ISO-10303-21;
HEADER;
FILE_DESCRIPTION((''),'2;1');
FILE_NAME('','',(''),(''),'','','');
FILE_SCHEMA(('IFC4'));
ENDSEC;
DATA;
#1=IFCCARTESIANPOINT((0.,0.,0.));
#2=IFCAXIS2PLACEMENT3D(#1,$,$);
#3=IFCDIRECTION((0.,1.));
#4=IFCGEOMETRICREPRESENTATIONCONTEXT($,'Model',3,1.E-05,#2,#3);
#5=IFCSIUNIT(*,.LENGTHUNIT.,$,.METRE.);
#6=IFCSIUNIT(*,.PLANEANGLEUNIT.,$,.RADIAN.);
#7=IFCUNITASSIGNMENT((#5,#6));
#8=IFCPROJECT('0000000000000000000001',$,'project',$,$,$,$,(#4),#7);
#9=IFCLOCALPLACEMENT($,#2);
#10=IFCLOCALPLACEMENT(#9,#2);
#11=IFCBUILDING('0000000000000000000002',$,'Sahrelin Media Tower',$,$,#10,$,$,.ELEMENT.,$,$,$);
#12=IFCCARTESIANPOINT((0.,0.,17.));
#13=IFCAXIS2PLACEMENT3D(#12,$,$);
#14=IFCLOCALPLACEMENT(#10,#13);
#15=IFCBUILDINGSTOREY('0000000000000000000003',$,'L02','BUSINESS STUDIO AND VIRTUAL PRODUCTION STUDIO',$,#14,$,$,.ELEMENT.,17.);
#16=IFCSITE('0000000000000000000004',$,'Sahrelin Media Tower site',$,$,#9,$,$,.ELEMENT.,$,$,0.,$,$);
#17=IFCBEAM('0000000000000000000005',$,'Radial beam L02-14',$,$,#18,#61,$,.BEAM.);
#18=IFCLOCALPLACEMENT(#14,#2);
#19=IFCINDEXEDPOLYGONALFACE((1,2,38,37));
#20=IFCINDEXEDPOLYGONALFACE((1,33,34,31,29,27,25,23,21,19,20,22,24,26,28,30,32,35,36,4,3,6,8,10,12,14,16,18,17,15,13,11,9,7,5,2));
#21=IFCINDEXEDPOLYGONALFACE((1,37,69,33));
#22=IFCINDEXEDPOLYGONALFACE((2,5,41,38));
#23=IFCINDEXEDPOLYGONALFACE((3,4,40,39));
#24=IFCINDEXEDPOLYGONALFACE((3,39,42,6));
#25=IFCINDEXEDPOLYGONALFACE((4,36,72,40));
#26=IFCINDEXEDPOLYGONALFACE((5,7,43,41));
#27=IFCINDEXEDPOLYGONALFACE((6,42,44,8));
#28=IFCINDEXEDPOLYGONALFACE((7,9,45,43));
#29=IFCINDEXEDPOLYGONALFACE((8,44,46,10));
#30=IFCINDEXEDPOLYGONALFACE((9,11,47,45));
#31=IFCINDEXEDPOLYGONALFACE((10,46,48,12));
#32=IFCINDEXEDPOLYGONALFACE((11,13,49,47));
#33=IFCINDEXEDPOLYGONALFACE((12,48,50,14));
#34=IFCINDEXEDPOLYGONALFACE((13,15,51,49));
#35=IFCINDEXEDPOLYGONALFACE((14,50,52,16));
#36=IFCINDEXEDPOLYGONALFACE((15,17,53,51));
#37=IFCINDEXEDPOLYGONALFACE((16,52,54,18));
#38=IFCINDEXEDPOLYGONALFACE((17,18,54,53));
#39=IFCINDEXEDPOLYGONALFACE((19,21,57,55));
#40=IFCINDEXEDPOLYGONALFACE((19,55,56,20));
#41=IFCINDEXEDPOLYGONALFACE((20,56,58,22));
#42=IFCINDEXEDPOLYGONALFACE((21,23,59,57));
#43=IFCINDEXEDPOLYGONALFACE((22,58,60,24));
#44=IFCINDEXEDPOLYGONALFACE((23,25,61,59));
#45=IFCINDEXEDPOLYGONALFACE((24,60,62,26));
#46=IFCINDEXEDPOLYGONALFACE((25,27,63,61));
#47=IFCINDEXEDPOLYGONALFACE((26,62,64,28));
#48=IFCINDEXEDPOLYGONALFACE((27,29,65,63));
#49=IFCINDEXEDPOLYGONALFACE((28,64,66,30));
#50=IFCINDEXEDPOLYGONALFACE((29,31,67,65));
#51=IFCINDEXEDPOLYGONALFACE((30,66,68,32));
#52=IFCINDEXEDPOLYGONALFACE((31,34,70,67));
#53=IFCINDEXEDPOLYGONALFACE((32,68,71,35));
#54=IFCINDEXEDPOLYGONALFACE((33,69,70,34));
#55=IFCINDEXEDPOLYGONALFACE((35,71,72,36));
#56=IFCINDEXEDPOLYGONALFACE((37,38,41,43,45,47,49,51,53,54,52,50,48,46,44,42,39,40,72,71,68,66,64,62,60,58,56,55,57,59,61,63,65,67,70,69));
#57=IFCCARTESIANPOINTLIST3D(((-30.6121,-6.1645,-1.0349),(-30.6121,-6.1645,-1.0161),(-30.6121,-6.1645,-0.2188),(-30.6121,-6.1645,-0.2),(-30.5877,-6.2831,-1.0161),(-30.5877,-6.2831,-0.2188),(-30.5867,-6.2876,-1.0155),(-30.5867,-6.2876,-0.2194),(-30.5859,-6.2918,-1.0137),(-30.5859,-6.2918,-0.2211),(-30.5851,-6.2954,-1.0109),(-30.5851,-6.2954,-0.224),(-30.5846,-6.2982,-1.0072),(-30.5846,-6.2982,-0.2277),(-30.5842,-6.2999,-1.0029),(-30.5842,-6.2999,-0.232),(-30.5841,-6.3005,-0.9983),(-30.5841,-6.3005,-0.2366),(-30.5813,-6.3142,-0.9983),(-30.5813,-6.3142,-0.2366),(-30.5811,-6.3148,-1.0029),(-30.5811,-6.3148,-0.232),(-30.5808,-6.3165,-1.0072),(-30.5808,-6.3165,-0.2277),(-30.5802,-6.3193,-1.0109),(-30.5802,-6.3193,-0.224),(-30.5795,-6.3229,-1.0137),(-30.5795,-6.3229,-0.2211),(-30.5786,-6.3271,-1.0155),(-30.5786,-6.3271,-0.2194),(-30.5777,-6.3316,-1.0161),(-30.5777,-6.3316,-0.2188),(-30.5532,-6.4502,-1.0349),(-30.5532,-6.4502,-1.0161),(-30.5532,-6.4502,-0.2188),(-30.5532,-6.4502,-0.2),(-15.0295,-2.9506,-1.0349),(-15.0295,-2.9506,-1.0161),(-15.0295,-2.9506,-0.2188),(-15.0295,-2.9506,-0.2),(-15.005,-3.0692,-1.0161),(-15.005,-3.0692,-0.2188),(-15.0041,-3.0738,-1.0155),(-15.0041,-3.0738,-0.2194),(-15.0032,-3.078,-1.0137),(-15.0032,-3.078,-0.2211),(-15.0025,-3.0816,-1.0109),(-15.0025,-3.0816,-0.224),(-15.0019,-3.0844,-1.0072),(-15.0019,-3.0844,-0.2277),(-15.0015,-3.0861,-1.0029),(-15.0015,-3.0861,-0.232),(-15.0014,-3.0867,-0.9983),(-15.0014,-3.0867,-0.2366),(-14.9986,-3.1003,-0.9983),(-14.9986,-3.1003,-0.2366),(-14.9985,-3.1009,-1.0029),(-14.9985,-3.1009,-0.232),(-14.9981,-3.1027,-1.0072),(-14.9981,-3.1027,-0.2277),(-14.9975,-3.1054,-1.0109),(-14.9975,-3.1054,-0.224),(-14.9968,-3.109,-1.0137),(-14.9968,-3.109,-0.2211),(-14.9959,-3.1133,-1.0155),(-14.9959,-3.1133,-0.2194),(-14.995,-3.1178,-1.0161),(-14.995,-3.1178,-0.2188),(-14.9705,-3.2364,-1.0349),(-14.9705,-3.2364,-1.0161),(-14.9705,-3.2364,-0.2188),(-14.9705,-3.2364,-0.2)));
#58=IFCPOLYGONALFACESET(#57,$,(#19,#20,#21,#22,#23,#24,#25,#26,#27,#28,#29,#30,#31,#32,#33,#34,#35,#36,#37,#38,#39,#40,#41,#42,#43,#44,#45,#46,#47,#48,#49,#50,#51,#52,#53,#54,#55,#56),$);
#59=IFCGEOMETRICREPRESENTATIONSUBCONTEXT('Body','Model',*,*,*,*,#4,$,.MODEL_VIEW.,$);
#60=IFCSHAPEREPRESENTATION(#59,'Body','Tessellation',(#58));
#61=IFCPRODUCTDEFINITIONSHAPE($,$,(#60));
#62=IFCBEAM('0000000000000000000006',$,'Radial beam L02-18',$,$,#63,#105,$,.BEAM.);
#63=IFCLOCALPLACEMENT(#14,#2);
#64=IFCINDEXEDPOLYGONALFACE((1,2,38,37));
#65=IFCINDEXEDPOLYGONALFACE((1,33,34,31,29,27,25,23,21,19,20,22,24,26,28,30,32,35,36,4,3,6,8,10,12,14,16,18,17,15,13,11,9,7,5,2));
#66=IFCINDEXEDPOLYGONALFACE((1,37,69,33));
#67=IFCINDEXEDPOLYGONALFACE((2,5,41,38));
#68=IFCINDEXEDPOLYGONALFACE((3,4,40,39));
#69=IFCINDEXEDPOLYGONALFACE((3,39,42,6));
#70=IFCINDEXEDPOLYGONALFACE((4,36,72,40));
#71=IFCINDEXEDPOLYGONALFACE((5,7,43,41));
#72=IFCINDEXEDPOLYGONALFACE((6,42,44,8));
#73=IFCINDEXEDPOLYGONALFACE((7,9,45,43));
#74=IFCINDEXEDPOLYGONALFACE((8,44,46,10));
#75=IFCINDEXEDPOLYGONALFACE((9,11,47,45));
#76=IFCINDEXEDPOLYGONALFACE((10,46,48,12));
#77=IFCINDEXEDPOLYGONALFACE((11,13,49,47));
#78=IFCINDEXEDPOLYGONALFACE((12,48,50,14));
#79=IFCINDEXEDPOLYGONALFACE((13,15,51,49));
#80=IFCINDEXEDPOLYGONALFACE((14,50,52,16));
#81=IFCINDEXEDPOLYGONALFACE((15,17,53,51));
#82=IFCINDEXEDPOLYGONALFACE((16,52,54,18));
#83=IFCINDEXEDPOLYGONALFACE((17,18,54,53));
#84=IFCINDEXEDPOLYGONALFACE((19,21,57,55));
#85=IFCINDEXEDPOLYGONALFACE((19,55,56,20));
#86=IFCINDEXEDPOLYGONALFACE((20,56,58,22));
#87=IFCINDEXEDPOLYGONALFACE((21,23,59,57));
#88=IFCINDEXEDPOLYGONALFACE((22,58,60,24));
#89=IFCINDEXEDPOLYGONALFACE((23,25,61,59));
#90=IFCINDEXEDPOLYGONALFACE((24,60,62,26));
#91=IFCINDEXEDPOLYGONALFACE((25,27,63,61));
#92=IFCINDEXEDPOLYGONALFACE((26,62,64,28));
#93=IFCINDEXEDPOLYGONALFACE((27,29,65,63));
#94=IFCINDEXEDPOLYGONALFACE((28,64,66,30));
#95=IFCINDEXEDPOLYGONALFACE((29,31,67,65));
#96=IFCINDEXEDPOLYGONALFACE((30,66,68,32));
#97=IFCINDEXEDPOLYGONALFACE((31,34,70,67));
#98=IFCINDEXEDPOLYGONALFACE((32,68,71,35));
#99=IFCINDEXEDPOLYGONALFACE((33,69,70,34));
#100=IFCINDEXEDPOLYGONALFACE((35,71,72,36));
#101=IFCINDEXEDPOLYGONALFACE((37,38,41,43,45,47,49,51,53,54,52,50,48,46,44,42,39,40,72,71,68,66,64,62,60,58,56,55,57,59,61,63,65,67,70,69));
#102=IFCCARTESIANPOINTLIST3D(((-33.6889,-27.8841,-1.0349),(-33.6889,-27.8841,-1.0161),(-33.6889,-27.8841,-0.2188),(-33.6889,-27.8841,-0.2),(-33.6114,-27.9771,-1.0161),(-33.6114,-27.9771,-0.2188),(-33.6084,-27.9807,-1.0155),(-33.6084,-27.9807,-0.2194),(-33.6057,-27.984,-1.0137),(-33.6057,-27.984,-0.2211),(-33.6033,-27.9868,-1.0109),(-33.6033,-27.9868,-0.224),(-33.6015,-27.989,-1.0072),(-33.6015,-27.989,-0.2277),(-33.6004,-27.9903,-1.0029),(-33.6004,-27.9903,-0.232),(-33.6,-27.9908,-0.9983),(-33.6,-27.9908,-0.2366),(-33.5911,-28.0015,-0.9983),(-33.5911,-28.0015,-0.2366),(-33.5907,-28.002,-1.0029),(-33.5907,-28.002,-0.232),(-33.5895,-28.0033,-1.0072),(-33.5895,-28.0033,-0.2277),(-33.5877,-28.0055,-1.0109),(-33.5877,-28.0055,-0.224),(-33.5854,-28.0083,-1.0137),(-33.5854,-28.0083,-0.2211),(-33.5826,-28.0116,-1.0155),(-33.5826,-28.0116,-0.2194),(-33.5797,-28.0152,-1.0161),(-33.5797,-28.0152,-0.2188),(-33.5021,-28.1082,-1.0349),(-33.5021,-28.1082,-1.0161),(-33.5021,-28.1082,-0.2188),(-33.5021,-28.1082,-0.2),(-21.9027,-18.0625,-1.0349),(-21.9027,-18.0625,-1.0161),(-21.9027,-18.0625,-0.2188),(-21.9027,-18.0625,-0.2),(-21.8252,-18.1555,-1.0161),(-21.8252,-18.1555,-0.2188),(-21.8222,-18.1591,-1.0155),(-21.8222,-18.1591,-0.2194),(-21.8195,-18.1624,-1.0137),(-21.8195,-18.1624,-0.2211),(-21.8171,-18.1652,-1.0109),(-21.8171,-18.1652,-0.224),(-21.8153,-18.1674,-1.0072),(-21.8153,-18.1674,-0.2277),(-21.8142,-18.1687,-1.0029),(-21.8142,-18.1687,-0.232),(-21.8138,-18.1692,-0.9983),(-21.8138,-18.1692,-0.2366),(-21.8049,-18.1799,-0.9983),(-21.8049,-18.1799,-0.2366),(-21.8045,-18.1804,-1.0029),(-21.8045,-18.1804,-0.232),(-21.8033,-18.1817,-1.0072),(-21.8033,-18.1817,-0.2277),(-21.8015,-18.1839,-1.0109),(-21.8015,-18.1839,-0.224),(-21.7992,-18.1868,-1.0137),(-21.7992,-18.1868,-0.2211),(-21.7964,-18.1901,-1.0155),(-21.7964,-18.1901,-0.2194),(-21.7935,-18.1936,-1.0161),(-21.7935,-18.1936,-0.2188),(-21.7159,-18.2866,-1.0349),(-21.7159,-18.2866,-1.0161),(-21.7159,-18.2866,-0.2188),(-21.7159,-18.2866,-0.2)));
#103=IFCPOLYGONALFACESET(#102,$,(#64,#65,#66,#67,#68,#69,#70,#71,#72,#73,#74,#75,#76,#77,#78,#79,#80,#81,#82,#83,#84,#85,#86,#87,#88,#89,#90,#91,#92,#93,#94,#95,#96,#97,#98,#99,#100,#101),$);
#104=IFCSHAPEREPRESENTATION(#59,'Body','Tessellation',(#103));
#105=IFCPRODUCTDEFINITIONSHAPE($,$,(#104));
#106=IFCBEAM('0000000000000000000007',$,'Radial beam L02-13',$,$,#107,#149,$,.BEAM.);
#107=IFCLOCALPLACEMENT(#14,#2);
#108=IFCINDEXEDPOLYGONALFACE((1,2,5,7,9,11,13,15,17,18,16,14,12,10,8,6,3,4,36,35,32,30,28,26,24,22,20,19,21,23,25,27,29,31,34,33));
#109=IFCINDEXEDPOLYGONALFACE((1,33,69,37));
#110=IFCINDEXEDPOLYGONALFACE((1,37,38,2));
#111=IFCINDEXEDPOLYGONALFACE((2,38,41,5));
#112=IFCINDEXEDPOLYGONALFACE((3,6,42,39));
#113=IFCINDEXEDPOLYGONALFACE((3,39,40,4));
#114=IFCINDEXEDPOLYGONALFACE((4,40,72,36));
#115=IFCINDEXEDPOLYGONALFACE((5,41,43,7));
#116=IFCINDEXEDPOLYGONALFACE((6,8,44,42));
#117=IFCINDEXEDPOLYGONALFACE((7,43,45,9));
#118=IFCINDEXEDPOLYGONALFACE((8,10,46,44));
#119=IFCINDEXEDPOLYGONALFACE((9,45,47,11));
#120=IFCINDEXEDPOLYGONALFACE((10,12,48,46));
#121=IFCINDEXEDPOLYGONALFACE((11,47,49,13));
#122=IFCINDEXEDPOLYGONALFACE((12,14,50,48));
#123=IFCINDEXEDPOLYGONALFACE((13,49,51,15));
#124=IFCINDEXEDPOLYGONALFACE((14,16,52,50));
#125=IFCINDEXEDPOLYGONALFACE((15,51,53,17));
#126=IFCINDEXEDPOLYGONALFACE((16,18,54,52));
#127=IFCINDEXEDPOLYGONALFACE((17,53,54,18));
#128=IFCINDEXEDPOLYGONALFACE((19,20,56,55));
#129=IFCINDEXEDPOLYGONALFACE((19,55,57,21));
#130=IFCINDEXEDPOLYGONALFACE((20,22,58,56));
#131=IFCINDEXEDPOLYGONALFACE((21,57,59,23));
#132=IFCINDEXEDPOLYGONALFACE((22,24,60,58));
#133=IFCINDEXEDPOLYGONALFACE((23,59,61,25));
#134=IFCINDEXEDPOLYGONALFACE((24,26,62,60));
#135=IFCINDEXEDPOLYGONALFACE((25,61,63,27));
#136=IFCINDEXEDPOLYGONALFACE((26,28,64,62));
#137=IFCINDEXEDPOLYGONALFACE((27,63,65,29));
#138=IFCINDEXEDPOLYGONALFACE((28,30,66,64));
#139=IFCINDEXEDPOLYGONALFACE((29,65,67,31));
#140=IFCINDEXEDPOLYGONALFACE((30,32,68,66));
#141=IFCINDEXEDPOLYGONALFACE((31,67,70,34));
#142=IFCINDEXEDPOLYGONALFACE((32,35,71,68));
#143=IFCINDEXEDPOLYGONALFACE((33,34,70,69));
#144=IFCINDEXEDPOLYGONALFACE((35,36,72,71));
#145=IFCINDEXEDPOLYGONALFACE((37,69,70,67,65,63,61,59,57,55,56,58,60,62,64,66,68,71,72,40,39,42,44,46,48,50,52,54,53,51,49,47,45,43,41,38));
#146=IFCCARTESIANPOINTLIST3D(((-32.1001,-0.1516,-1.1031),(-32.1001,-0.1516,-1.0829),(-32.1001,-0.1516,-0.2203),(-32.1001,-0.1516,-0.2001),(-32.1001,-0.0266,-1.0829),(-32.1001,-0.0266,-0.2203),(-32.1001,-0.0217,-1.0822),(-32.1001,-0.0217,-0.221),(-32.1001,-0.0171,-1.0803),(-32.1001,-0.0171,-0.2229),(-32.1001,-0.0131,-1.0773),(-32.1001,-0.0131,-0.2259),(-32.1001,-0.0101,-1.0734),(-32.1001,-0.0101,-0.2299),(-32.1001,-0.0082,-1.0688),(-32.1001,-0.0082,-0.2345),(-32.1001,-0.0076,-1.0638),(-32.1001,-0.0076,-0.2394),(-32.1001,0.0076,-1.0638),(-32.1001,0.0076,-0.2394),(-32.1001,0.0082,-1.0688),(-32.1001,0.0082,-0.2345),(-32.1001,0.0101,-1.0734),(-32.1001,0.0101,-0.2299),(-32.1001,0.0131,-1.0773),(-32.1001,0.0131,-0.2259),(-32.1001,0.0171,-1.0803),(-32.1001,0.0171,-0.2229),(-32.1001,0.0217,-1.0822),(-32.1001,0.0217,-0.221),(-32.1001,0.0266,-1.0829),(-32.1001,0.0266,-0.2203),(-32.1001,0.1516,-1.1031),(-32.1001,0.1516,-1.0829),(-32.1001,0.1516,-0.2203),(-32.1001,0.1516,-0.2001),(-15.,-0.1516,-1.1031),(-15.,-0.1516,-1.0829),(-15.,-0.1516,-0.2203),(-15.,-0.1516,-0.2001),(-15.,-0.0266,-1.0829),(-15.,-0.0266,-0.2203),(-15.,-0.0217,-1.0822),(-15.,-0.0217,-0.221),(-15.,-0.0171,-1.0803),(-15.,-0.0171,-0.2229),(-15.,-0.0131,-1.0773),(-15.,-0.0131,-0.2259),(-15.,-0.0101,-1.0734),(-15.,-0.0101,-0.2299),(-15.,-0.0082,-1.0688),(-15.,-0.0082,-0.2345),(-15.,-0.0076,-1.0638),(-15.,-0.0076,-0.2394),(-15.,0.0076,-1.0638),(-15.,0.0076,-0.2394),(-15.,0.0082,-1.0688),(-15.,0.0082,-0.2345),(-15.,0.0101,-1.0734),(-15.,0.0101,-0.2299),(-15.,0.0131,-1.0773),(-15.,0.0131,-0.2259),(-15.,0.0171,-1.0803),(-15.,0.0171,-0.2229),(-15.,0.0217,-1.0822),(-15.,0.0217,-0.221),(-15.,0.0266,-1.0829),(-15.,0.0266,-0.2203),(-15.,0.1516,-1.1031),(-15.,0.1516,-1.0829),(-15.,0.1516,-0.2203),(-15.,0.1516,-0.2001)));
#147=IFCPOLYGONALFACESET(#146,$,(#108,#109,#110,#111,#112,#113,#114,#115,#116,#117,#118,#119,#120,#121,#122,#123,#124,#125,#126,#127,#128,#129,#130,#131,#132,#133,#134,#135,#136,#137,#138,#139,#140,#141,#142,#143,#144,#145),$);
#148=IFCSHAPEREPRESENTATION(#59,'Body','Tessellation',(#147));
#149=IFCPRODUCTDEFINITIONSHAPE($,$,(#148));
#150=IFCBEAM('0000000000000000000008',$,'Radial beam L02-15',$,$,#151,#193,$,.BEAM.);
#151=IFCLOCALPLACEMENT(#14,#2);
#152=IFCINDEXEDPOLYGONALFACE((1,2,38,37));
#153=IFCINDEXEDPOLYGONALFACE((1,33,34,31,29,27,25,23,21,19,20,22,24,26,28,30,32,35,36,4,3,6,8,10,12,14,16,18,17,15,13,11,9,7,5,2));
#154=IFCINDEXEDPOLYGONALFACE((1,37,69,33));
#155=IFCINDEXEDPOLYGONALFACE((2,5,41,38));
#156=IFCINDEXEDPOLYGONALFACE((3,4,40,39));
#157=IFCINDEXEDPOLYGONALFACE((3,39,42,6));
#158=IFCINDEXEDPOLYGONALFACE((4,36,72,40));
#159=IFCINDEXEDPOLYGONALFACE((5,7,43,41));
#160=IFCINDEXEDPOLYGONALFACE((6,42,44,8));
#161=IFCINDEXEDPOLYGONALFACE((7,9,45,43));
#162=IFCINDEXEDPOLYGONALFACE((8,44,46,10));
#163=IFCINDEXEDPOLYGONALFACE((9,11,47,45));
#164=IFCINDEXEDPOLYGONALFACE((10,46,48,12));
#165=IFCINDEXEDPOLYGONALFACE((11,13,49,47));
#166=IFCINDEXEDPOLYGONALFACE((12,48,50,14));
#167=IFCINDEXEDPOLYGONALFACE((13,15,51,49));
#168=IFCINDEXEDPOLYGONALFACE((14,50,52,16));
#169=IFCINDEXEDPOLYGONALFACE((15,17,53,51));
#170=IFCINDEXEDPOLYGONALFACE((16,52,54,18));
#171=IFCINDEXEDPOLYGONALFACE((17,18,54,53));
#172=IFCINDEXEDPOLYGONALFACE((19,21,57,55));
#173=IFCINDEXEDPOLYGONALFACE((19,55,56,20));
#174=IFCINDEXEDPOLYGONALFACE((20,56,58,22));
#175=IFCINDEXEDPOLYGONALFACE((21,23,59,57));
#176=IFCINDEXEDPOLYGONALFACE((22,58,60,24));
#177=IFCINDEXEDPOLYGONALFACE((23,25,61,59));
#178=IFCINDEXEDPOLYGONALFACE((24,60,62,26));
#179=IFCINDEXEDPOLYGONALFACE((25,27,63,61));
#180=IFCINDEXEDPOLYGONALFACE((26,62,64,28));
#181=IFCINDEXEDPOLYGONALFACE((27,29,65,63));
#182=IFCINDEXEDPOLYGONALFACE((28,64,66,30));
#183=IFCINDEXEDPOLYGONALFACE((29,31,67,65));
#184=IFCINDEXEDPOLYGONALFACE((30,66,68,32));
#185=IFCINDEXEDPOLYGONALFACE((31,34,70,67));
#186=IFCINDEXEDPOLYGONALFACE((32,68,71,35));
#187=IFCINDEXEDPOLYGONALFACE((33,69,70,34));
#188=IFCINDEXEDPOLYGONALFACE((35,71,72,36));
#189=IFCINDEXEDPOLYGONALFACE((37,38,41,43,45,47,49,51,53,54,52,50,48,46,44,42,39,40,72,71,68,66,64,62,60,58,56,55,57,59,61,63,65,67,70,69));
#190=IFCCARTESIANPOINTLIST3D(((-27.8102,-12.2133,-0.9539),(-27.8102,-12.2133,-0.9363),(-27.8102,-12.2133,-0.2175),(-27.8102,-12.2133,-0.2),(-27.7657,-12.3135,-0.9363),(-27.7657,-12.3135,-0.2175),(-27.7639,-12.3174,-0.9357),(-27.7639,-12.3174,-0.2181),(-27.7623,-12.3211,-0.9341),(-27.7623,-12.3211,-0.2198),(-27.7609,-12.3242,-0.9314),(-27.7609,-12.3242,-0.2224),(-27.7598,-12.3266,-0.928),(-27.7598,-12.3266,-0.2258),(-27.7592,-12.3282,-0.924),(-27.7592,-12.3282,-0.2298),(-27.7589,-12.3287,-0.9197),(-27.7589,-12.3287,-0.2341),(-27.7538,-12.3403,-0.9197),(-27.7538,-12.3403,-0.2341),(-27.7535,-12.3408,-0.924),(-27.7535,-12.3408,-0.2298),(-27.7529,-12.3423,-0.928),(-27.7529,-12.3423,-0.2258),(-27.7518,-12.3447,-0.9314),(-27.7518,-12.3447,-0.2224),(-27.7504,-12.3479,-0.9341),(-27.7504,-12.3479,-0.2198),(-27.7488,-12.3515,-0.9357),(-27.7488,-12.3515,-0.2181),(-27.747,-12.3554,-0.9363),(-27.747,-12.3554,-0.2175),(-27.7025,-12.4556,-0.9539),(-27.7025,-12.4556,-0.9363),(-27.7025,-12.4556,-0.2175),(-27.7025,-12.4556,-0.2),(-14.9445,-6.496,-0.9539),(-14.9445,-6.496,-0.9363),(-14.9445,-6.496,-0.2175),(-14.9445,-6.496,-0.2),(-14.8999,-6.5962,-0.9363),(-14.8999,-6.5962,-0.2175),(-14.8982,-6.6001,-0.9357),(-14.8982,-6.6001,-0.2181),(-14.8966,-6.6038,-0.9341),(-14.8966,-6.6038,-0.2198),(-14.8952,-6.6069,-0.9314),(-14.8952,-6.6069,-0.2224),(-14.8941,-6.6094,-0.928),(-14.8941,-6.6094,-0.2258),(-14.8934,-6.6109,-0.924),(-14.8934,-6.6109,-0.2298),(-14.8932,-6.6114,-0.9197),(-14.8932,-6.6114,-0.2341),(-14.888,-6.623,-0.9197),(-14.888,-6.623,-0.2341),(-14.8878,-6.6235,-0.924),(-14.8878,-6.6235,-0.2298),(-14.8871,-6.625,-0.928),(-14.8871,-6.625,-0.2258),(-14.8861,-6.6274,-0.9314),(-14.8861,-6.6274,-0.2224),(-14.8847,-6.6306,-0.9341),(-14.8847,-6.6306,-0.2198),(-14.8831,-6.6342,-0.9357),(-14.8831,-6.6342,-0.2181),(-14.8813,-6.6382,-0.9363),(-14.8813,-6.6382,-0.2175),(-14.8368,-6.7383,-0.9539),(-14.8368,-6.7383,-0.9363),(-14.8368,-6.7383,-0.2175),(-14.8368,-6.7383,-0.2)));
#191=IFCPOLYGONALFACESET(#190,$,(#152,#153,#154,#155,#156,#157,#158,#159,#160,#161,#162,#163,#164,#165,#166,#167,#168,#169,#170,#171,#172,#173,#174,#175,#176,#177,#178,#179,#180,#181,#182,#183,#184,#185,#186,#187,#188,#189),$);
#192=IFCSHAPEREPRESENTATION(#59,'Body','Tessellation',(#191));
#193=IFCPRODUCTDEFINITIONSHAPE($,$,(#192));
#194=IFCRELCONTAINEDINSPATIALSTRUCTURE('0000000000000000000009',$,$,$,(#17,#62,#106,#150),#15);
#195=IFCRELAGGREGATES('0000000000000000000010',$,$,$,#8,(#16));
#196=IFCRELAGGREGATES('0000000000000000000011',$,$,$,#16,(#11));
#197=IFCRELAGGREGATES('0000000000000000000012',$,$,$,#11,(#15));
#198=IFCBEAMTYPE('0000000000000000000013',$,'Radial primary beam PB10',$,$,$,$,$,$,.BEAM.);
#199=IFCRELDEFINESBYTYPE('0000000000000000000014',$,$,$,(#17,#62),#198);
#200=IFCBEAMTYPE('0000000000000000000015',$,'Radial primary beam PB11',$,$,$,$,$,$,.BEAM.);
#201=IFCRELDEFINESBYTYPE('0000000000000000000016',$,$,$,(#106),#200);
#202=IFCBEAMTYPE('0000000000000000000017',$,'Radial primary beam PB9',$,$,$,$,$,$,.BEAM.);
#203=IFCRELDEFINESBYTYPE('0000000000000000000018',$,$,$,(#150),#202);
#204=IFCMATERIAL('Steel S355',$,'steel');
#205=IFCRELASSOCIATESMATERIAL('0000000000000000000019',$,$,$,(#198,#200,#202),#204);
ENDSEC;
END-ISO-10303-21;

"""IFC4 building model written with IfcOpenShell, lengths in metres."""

from ifc_helpers import new_model, si_unit, direction, frame, origin, origin_2d, place, context, subcontext, project, spatial, i_section, extrude, material, material_profile, profile_set, type_object, element, save


model = new_model("IFC4")

# Units and contexts
model_context = context("Model", 3, precision=1e-05, world=origin(), true_north=direction((0.0, 1.0)))
body_context = subcontext(model_context, "Body", "Model", "MODEL_VIEW")
ifc_project = project(units=[si_unit("LENGTHUNIT", "METRE"), si_unit("PLANEANGLEUNIT", "RADIAN")], contexts=[model_context])

# Site, building, storey
site_placement = place(None, origin())
site = spatial("IfcSite", under=ifc_project, at=site_placement, Name="Sahrelin Media Tower site", CompositionType="ELEMENT", RefElevation=0.0)
building_placement = place(site_placement, origin())
building = spatial("IfcBuilding", under=site, at=building_placement, Name="Sahrelin Media Tower", CompositionType="ELEMENT")
storey_placement = place(building_placement, frame((0.0, 0.0, 17.0)))
storey = spatial("IfcBuildingStorey", under=building, at=storey_placement, Name="L02", Description="BUSINESS STUDIO AND VIRTUAL PRODUCTION STUDIO", CompositionType="ELEMENT", Elevation=17.0)

# Beams
ifc_material_1 = material(Name="Steel S355", Category="steel")
ifc_material_profile_1 = material_profile(ifc_material_1, i_section(OverallWidth=0.2917, OverallDepth=0.835, WebThickness=0.0139, FlangeThickness=0.0188, FilletRadius=0.0178, at=origin_2d()), Name="UB 838x292x176")
ifc_profile_set_1 = profile_set([ifc_material_profile_1], Name="Steel S355")
beam_type_1 = type_object("IfcBeamType", Name="Radial primary beam PB10", PredefinedType="BEAM", material=ifc_profile_set_1)
beam_1_placement = place(storey_placement, frame((-15.0, -3.0935, -0.6174), z_axis=(-0.979387, -0.201994, 0.0), x_axis=(0.201994, -0.979387, 0.0)))
element("IfcBeam", 1, at=beam_1_placement, inside=storey, type_object=beam_type_1, Name="Radial beam L02-14", PredefinedType="BEAM", context=body_context, shape_type="SweptSolid", body=[
    extrude(i_section(OverallWidth=0.2917, OverallDepth=0.835, WebThickness=0.0139, FlangeThickness=0.0188, FilletRadius=0.0178, at=origin_2d()), origin(), (0.0, 0.0, 1.0), 15.9106),
])
beam_2_placement = place(storey_placement, frame((-21.8093, -18.1746, -0.6174), z_axis=(-0.768229, -0.640175, 0.0), x_axis=(0.640175, -0.768229, 0.0)))
element("IfcBeam", 2, at=beam_2_placement, inside=storey, type_object=beam_type_1, Name="Radial beam L02-18", PredefinedType="BEAM", context=body_context, shape_type="SweptSolid", body=[
    extrude(i_section(OverallWidth=0.2917, OverallDepth=0.835, WebThickness=0.0139, FlangeThickness=0.0188, FilletRadius=0.0178, at=origin_2d()), origin(), (0.0, 0.0, 1.0), 15.342),
])
ifc_material_profile_2 = material_profile(ifc_material_1, i_section(OverallWidth=0.3032, OverallDepth=0.9031, WebThickness=0.0151, FlangeThickness=0.0203, FilletRadius=0.019, at=origin_2d()), Name="UB 914x305x201")
ifc_profile_set_2 = profile_set([ifc_material_profile_2], Name="Steel S355")
beam_type_2 = type_object("IfcBeamType", Name="Radial primary beam PB11", PredefinedType="BEAM", material=ifc_profile_set_2)
beam_3_placement = place(storey_placement, frame((-15.0, 0.0, -0.6516), z_axis=(-1.0, 0.0, 0.0), x_axis=(0.0, -1.0, 0.0)))
element("IfcBeam", 3, at=beam_3_placement, inside=storey, type_object=beam_type_2, Name="Radial beam L02-13", PredefinedType="BEAM", context=body_context, shape_type="SweptSolid", body=[
    extrude(i_section(OverallWidth=0.3032, OverallDepth=0.9031, WebThickness=0.0151, FlangeThickness=0.0203, FilletRadius=0.019, at=origin_2d()), origin(), (0.0, 0.0, 1.0), 17.1001),
])
ifc_material_profile_3 = material_profile(ifc_material_1, i_section(OverallWidth=0.2651, OverallDepth=0.7539, WebThickness=0.0127, FlangeThickness=0.0176, FilletRadius=0.0166, at=origin_2d()), Name="UB 762x267x147")
ifc_profile_set_3 = profile_set([ifc_material_profile_3], Name="Steel S355")
beam_type_3 = type_object("IfcBeamType", Name="Radial primary beam PB9", PredefinedType="BEAM", material=ifc_profile_set_3)
beam_4_placement = place(storey_placement, frame((-14.8906, -6.6172, -0.5769), z_axis=(-0.913833, -0.40609, 0.0), x_axis=(0.40609, -0.913833, 0.0)))
element("IfcBeam", 4, at=beam_4_placement, inside=storey, type_object=beam_type_3, Name="Radial beam L02-15", PredefinedType="BEAM", context=body_context, shape_type="SweptSolid", body=[
    extrude(i_section(OverallWidth=0.2651, OverallDepth=0.7539, WebThickness=0.0127, FlangeThickness=0.0176, FilletRadius=0.0166, at=origin_2d()), origin(), (0.0, 0.0, 1.0), 14.0789),
])

save(model, "model.ifc")
